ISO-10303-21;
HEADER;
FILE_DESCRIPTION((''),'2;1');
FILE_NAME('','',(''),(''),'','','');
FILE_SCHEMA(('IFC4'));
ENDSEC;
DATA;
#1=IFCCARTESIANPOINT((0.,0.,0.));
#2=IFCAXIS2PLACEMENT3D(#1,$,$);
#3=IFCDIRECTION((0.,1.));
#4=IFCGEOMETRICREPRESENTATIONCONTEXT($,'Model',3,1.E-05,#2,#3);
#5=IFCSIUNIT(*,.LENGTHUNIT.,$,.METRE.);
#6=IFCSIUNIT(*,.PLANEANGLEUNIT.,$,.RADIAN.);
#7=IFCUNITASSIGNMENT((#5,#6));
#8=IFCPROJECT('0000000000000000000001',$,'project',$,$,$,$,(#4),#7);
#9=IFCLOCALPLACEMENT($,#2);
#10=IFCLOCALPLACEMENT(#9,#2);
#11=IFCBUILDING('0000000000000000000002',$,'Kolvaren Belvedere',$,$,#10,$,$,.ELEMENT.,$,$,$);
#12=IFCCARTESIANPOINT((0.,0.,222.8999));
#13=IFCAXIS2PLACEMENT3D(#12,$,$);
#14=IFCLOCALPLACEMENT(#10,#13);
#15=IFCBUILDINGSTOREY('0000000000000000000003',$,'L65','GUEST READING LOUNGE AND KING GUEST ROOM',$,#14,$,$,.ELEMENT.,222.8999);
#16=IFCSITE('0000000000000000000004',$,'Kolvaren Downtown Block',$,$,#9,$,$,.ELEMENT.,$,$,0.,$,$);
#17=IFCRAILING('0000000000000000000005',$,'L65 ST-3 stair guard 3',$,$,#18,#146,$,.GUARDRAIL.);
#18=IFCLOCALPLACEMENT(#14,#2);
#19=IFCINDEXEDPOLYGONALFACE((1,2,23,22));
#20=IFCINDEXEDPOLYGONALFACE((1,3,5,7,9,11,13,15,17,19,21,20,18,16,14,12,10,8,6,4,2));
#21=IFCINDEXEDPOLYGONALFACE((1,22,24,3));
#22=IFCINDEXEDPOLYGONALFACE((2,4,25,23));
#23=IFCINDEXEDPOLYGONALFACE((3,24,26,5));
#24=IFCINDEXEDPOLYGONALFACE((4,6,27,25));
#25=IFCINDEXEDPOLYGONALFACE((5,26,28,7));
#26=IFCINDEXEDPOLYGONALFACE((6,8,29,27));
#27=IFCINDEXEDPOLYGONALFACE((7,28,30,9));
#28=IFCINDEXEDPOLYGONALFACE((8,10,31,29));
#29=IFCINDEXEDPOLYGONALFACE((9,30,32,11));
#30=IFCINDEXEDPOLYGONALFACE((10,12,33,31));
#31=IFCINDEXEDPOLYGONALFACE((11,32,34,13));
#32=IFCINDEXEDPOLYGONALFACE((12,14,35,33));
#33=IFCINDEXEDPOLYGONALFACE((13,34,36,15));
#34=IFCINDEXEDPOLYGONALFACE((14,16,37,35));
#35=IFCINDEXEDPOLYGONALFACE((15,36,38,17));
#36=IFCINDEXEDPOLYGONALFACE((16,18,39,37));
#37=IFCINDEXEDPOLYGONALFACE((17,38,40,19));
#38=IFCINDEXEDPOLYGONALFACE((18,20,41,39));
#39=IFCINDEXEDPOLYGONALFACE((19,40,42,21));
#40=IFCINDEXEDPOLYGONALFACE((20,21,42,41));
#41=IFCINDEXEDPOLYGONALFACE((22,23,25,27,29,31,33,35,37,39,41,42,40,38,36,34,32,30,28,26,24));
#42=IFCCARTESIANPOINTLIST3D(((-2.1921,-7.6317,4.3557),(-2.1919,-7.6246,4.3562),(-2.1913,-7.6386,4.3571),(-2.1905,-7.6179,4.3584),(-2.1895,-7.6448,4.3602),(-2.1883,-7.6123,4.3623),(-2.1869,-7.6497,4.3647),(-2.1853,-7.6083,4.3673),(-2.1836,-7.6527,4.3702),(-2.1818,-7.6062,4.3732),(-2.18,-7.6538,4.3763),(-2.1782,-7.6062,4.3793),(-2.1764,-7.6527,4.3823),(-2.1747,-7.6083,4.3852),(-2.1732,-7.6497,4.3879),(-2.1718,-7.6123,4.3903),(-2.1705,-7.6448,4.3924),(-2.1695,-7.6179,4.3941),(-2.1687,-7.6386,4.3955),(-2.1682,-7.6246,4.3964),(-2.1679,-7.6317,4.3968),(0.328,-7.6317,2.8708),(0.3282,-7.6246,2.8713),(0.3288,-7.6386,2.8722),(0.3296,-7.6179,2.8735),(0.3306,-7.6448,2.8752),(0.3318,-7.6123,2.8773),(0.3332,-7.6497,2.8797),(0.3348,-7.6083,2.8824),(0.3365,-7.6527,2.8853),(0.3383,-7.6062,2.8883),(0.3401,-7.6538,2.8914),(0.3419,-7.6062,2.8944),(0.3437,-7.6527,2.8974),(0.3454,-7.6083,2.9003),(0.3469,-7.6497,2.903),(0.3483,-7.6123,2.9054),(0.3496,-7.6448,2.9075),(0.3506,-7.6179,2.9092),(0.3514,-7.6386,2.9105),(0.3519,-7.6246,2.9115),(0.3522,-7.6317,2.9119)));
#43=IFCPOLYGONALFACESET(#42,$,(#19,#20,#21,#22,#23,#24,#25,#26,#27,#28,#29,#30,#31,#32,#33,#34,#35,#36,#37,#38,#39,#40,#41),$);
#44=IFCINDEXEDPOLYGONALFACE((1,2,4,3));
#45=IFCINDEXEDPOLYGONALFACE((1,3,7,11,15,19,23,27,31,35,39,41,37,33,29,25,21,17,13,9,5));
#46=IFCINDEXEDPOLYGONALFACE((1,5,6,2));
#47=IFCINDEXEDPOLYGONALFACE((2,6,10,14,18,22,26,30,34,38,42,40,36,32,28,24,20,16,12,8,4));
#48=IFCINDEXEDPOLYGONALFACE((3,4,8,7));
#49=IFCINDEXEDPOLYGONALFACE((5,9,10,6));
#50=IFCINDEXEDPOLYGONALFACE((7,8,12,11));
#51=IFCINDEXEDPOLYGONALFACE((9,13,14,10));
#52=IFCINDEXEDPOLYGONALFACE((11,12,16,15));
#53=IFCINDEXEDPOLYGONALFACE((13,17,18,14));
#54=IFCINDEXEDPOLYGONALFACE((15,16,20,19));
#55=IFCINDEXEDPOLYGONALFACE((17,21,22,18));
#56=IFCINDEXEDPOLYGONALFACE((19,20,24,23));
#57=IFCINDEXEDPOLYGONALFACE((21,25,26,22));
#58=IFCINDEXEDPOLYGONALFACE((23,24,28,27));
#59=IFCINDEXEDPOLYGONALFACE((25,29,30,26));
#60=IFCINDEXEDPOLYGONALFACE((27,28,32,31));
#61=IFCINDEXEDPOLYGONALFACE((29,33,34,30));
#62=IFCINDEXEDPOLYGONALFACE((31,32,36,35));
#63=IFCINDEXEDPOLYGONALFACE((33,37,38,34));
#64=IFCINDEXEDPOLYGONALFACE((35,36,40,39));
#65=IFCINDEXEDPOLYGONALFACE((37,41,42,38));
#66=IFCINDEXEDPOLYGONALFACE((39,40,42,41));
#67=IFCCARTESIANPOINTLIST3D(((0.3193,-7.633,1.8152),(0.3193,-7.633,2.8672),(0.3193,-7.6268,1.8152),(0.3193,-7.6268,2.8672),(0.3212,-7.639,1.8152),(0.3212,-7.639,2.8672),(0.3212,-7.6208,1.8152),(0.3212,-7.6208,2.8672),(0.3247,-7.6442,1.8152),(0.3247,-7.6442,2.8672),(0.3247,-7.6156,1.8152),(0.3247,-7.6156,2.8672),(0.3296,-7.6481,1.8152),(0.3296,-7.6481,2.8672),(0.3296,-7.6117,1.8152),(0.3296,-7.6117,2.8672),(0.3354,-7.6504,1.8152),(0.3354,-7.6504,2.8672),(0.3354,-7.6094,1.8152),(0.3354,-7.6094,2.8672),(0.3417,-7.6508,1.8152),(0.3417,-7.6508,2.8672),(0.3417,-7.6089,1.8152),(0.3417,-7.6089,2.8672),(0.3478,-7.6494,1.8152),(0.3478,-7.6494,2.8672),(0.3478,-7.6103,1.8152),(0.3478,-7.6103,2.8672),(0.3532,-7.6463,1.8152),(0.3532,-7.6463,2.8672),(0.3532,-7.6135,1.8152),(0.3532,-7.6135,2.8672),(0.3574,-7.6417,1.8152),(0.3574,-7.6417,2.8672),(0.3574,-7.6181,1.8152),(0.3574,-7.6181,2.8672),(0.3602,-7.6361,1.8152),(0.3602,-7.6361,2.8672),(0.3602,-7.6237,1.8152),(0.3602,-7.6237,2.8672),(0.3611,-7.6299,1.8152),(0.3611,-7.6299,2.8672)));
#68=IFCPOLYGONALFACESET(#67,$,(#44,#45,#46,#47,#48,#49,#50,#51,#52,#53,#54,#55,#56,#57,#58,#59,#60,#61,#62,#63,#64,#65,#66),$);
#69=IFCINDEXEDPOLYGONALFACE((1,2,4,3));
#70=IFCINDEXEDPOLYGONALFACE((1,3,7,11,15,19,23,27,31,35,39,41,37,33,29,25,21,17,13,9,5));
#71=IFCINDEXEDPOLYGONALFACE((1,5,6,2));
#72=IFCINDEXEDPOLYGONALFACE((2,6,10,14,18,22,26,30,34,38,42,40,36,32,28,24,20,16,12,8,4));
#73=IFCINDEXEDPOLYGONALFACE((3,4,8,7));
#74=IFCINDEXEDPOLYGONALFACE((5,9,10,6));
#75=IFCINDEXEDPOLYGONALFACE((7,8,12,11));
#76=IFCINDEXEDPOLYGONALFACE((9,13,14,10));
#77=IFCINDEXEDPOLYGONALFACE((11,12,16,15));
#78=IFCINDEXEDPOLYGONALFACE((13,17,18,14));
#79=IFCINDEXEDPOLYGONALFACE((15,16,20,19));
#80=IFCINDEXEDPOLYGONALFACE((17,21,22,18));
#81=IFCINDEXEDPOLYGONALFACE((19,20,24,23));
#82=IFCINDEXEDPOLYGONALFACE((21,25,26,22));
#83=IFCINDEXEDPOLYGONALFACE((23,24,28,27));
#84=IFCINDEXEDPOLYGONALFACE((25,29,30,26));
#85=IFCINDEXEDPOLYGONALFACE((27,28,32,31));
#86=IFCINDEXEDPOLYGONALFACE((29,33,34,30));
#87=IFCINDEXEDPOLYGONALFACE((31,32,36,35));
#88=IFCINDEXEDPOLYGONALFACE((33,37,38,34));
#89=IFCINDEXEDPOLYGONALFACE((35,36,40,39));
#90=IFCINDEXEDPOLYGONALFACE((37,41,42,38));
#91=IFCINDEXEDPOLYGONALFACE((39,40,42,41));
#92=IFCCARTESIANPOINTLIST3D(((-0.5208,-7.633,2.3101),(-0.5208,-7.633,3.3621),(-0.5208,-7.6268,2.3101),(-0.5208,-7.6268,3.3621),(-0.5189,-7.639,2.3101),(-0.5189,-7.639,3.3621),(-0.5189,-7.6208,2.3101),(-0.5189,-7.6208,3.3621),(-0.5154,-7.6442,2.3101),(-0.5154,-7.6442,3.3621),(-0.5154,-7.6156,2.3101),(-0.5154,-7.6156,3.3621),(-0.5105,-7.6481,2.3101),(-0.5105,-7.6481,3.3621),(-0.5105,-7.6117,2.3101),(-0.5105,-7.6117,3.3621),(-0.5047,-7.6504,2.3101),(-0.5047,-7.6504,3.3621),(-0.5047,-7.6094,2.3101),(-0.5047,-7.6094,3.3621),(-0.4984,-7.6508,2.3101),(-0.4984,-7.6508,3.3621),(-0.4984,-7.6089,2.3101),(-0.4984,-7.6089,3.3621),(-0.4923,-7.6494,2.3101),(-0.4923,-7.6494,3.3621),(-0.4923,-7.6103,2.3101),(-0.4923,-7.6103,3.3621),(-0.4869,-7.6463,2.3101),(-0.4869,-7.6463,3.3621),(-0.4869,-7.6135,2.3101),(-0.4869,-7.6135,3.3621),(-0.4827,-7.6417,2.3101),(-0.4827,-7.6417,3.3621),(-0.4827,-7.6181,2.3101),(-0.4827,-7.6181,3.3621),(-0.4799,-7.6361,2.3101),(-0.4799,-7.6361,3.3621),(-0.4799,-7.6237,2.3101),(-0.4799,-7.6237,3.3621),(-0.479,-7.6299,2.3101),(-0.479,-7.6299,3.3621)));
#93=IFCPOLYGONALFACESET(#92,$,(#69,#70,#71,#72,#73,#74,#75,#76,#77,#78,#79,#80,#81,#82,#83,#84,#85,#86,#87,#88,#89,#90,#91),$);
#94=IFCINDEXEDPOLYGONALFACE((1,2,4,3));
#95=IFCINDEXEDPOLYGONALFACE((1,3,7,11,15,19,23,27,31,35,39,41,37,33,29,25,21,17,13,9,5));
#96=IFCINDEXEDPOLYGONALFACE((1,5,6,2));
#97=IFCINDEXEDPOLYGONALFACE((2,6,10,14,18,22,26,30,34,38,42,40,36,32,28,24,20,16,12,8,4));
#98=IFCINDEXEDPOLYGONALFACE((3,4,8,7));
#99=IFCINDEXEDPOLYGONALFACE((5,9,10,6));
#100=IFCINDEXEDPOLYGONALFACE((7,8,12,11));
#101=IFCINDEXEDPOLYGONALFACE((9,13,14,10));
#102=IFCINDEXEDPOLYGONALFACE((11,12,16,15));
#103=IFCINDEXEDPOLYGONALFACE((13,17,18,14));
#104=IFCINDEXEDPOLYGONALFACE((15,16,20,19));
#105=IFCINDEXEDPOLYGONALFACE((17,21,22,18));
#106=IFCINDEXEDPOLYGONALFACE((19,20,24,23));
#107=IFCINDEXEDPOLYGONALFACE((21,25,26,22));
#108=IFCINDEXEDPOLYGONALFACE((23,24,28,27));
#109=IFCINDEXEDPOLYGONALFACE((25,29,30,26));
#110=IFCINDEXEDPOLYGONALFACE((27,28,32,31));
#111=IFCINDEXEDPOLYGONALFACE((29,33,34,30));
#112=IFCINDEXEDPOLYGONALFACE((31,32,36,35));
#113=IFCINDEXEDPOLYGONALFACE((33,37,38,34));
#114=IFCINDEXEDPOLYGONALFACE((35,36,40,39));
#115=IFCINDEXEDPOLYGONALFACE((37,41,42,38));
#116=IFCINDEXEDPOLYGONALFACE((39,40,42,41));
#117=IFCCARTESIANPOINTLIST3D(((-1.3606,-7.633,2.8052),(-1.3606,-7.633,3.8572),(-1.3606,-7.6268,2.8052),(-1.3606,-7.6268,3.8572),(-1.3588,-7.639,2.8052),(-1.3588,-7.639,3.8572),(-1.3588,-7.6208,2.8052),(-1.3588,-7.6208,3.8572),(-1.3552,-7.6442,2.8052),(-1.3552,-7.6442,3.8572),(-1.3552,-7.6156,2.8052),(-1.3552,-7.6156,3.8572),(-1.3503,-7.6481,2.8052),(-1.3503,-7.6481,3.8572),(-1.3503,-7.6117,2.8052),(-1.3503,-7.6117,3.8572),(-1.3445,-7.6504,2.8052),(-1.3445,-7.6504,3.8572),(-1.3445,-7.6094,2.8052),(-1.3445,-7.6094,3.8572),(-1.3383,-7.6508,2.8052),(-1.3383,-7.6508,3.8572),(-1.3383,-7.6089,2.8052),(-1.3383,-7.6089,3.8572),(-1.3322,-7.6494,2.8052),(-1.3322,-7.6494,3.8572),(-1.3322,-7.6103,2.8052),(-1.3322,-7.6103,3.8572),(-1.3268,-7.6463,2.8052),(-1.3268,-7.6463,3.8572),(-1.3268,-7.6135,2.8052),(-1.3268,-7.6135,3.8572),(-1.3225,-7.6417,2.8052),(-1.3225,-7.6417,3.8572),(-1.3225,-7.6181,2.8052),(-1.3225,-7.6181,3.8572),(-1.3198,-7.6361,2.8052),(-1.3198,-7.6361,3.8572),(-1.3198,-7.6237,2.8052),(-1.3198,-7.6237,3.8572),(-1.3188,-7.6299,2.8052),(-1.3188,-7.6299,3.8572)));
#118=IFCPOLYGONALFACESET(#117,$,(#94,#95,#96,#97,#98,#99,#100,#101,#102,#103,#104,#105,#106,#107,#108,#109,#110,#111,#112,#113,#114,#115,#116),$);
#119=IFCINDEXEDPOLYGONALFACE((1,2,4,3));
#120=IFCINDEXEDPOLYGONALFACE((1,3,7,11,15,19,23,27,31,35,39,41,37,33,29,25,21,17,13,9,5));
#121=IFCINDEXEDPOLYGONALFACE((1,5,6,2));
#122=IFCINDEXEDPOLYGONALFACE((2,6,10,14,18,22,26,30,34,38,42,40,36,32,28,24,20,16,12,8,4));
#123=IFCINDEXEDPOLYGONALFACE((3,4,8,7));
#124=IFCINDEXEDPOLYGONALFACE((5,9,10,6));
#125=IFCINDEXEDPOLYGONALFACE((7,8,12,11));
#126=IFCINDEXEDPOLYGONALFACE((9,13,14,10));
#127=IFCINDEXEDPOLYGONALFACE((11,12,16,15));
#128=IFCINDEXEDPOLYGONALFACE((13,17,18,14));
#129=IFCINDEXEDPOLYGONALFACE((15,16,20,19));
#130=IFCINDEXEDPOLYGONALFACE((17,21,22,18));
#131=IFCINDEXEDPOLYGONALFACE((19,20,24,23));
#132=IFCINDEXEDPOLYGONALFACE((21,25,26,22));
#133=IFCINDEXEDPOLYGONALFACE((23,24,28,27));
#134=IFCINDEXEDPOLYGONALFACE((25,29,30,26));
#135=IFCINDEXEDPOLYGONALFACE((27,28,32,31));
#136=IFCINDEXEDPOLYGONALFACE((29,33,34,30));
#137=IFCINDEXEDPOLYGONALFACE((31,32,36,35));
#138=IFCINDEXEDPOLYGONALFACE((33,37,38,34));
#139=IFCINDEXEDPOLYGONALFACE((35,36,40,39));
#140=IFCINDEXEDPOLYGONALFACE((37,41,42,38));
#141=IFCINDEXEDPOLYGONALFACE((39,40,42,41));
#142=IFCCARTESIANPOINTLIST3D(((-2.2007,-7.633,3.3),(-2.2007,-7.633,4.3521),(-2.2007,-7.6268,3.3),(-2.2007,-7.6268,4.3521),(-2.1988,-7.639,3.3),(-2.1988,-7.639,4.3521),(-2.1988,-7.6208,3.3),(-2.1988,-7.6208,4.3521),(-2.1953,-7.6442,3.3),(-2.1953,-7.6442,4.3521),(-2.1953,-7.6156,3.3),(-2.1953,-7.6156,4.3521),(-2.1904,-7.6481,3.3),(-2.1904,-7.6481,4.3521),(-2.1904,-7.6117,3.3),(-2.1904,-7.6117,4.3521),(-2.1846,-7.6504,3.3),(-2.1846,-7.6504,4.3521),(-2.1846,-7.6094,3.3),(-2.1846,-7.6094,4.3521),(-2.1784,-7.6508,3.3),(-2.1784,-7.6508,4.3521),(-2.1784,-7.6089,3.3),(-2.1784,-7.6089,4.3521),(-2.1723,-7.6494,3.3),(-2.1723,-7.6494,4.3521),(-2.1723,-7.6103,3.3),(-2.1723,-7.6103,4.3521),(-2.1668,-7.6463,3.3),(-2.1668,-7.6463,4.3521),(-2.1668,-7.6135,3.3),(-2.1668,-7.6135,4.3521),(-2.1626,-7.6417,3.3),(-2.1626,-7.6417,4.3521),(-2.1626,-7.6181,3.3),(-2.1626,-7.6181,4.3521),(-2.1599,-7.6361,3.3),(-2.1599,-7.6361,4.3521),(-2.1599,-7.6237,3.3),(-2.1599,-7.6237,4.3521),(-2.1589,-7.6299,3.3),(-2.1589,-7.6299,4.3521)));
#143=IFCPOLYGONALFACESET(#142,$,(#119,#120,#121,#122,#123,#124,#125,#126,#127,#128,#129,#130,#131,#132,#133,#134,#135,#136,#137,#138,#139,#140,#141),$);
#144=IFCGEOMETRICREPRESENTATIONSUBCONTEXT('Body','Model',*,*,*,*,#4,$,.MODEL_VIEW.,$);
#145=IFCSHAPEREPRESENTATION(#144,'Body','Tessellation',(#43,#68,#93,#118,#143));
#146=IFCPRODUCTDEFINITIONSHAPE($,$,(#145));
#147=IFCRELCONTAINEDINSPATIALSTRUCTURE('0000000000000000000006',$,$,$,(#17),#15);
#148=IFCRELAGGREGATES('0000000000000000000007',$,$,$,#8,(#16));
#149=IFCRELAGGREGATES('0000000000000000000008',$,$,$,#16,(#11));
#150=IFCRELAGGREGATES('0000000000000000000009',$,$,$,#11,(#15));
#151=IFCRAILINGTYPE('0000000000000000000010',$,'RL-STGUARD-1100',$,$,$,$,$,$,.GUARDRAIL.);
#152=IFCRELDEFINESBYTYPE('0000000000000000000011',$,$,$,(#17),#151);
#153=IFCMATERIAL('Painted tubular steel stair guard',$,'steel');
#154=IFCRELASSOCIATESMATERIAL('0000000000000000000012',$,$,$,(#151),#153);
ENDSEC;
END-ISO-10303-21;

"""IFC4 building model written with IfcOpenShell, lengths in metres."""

from ifc_helpers import new_model, si_unit, direction, frame, origin, origin_2d, place, context, subcontext, project, spatial, circle, extrude, material, type_object, element, save


model = new_model("IFC4")

# Units and contexts
model_context = context("Model", 3, precision=1e-05, world=origin(), true_north=direction((0.0, 1.0)))
body_context = subcontext(model_context, "Body", "Model", "MODEL_VIEW")
ifc_project = project(units=[si_unit("LENGTHUNIT", "METRE"), si_unit("PLANEANGLEUNIT", "RADIAN")], contexts=[model_context])

# Site, building, storey
site_placement = place(None, origin())
site = spatial("IfcSite", under=ifc_project, at=site_placement, Name="Kolvaren Downtown Block", CompositionType="ELEMENT", RefElevation=0.0)
building_placement = place(site_placement, origin())
building = spatial("IfcBuilding", under=site, at=building_placement, Name="Kolvaren Belvedere", CompositionType="ELEMENT")
storey_placement = place(building_placement, frame((0.0, 0.0, 222.8999)))
storey = spatial("IfcBuildingStorey", under=building, at=storey_placement, Name="L65", Description="GUEST READING LOUNGE AND KING GUEST ROOM", CompositionType="ELEMENT", Elevation=222.8999)

# Railing
ifc_material_1 = material(Name="Painted tubular steel stair guard", Category="steel")
railing_type_1 = type_object("IfcRailingType", Name="RL-STGUARD-1100", PredefinedType="GUARDRAIL", material=ifc_material_1)
railing_1_placement = place(storey_placement, frame((0.3401, -7.6299, 1.8152)))
element("IfcRailing", 1, at=railing_1_placement, inside=storey, type_object=railing_type_1, Name="L65 ST-3 stair guard 3", PredefinedType="GUARDRAIL", context=body_context, shape_type="SweptSolid", body=[
    extrude(circle(Radius=0.0239, at=origin_2d()), frame((0.0, 0.0, 1.0762), z_axis=(-0.861561, 0.0, 0.507655), x_axis=(0.0, -1.0, 0.0)), (0.0, 0.0, 1.0), 2.925),
    extrude(circle(Radius=0.021, at=origin_2d()), origin(), (0.0, 0.0, 1.0), 1.052),
    extrude(circle(Radius=0.021, at=origin_2d()), frame((-0.8401, 0.0, 0.4949)), (0.0, 0.0, 1.0), 1.052),
    extrude(circle(Radius=0.021, at=origin_2d()), frame((-1.6799, 0.0, 0.99)), (0.0, 0.0, 1.0), 1.052),
    extrude(circle(Radius=0.021, at=origin_2d()), frame((-2.52, 0.0, 1.4849)), (0.0, 0.0, 1.0), 1.052),
])

save(model, "model.ifc")
